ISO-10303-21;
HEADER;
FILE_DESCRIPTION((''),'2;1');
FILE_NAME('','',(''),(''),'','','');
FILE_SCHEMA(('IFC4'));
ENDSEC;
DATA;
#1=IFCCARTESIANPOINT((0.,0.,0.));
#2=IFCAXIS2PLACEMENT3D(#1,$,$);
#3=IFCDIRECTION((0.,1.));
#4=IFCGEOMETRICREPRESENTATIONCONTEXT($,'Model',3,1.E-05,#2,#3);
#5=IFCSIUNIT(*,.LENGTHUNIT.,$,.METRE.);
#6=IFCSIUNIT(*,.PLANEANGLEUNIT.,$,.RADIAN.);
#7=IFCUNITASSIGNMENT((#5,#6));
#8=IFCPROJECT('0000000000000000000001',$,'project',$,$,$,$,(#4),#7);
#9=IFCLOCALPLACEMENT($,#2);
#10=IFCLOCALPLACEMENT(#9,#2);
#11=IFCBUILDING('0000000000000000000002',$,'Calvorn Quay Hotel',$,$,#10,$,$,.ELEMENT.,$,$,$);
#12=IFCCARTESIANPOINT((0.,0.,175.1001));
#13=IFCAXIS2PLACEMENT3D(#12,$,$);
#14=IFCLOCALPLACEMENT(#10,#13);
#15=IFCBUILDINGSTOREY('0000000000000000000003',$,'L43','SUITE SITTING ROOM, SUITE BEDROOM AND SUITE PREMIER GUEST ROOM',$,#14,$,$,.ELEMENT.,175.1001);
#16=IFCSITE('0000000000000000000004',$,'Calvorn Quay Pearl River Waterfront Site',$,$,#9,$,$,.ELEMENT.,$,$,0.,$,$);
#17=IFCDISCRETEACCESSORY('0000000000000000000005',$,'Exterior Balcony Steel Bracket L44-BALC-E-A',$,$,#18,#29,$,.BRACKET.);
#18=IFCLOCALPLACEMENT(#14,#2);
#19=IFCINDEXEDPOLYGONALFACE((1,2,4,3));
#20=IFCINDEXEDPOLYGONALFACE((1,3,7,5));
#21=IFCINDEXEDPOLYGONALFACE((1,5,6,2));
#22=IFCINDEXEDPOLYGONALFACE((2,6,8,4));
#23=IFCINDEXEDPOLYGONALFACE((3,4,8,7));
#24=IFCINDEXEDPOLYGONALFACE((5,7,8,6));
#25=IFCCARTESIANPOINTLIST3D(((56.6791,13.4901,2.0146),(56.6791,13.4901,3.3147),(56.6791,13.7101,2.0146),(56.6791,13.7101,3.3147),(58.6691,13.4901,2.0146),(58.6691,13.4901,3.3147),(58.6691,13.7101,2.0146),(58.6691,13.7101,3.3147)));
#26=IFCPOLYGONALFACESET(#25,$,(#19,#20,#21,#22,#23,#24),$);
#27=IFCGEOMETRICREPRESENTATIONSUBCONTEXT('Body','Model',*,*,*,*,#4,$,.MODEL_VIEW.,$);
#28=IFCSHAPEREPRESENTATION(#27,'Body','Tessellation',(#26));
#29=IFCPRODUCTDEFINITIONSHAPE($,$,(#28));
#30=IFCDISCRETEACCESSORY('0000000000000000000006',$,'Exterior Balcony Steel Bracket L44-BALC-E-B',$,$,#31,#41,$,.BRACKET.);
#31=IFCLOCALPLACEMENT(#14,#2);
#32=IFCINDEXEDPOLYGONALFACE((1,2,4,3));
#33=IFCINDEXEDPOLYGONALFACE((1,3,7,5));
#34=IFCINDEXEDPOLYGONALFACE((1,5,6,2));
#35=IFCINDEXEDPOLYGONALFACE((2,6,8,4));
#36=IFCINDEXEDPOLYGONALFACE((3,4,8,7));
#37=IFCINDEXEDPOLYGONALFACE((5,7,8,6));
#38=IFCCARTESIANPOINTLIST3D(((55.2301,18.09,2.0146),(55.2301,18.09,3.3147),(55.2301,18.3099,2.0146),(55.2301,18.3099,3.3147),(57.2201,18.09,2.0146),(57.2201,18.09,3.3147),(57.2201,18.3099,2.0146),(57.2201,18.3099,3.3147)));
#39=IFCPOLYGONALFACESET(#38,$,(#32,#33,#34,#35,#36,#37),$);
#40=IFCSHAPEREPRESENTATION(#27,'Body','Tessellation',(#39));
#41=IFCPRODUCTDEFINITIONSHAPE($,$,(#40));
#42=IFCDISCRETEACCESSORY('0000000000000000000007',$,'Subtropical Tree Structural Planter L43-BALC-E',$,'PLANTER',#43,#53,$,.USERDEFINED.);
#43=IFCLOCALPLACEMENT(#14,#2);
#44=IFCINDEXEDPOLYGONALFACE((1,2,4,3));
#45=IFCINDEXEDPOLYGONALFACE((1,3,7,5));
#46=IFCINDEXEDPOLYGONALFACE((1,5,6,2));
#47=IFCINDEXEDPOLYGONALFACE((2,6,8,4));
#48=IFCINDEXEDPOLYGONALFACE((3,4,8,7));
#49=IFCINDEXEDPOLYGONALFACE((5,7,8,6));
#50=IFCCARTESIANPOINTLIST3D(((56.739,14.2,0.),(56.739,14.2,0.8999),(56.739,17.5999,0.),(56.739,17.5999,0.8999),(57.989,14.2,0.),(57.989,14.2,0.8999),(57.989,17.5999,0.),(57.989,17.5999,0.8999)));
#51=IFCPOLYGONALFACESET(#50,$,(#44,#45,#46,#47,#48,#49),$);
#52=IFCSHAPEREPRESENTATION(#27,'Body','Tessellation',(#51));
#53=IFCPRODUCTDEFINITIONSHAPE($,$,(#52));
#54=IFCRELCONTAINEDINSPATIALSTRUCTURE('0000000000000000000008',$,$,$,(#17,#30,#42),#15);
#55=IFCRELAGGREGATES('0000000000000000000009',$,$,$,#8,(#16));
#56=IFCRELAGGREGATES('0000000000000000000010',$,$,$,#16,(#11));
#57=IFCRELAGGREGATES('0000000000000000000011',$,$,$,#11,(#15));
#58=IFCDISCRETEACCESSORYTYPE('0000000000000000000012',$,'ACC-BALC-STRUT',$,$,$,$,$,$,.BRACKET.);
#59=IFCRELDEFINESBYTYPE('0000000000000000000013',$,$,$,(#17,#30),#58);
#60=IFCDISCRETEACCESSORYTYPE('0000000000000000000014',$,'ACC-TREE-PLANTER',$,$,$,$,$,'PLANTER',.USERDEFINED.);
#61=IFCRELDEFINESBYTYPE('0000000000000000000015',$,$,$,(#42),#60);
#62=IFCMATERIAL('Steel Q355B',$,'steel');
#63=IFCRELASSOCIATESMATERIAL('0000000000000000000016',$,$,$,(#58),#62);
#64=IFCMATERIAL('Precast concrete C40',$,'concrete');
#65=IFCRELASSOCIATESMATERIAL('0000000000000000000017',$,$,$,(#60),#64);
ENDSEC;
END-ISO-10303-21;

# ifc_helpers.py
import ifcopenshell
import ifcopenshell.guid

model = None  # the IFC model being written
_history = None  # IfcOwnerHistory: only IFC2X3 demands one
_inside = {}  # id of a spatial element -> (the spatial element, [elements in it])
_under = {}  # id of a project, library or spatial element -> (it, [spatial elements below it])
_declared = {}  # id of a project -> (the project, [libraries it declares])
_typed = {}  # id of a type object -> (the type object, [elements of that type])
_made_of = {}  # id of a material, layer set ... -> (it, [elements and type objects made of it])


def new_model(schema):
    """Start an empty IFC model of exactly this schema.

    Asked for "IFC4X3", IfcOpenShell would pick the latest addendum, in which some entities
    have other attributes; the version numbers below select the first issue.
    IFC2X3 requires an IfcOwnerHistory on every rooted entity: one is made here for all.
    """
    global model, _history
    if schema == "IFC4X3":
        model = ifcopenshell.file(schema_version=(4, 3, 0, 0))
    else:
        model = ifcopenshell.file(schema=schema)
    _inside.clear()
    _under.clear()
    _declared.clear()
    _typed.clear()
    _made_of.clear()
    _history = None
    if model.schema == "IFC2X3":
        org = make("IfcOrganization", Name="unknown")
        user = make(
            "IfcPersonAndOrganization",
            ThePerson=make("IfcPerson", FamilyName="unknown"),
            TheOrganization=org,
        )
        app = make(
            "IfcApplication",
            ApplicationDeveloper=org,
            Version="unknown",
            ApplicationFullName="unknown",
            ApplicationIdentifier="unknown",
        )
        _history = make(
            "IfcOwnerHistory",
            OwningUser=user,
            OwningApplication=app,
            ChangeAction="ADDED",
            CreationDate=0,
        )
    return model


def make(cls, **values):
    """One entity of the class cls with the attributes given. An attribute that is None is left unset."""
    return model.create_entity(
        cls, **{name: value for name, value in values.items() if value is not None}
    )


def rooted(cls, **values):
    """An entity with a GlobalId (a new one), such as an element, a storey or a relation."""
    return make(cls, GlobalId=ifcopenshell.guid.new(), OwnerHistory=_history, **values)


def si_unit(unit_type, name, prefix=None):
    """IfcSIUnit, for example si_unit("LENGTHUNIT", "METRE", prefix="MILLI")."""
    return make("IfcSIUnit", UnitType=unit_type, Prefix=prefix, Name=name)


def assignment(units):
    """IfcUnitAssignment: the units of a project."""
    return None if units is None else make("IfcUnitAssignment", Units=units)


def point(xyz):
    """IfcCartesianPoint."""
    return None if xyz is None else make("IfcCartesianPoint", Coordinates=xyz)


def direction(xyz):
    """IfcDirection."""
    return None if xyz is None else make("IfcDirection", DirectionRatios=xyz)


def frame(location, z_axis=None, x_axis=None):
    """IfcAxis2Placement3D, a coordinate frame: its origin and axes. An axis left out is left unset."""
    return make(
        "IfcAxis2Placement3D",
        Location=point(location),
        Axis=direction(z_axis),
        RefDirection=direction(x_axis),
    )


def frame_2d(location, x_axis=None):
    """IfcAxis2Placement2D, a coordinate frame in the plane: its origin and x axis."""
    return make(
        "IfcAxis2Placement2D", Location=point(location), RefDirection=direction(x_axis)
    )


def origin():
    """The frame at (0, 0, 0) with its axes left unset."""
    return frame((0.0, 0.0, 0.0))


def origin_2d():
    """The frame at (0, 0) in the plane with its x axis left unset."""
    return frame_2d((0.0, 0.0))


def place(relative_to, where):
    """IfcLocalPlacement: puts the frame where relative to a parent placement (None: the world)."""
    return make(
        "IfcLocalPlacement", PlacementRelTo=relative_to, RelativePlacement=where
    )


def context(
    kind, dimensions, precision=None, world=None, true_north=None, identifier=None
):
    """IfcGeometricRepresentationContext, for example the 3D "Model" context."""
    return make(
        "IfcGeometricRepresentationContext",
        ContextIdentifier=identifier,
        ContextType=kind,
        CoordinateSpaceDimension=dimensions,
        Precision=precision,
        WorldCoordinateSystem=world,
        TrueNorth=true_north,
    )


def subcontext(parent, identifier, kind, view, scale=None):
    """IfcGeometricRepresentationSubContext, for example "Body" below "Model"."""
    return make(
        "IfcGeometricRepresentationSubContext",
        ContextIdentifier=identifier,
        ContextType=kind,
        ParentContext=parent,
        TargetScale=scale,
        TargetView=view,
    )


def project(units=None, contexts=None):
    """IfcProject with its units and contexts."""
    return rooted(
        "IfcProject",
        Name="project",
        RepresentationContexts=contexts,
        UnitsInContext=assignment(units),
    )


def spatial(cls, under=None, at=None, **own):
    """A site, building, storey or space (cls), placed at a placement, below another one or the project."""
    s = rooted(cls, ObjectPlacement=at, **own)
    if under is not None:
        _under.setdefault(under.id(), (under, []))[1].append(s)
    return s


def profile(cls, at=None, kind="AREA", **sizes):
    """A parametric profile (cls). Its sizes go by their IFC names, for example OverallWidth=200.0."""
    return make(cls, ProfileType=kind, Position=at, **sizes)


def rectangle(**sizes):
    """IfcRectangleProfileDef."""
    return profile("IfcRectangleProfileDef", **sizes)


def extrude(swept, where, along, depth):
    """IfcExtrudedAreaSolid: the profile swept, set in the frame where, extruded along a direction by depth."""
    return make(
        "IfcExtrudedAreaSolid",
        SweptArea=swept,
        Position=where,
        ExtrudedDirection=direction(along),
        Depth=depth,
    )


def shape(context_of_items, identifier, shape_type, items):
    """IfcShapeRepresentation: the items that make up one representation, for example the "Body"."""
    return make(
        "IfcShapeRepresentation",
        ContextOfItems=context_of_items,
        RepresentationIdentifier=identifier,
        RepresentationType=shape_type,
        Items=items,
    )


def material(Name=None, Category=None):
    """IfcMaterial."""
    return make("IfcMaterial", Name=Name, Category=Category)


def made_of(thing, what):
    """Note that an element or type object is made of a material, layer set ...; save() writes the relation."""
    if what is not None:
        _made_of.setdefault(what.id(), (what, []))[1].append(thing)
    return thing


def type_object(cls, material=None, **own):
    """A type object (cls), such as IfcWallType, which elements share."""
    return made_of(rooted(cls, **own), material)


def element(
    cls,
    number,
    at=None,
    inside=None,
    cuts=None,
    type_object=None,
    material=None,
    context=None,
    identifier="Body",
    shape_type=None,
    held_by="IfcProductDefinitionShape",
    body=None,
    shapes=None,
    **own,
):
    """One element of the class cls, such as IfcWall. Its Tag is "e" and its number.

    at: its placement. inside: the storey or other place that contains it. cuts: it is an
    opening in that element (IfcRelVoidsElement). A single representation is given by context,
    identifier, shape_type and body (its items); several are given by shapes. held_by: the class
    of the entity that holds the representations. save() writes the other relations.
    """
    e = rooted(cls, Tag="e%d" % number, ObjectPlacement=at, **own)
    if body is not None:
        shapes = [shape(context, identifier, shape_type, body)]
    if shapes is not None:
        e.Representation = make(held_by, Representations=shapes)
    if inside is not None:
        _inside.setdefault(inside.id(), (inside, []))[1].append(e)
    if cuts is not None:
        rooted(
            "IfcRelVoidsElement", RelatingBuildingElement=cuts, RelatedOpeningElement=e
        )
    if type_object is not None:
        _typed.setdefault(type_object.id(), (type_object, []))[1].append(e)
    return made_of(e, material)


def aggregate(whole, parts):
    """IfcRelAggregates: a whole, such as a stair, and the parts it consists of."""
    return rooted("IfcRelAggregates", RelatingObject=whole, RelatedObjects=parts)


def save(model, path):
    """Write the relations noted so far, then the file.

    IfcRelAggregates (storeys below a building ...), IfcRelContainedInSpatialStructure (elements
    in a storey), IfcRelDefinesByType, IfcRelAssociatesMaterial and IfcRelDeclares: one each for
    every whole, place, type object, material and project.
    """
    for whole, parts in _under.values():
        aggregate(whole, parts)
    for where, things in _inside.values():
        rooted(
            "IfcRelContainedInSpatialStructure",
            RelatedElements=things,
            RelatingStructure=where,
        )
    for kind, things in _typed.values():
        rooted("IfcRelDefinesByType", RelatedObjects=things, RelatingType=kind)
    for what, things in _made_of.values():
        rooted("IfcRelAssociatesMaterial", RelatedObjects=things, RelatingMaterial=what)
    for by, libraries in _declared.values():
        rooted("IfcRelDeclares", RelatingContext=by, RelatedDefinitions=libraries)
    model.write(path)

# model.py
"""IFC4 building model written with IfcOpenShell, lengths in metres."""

from ifc_helpers import new_model, si_unit, direction, frame, origin, origin_2d, place, context, subcontext, project, spatial, rectangle, extrude, material, type_object, element, save


model = new_model("IFC4")

# Units and contexts
model_context = context("Model", 3, precision=1e-05, world=origin(), true_north=direction((0.0, 1.0)))
body_context = subcontext(model_context, "Body", "Model", "MODEL_VIEW")
ifc_project = project(units=[si_unit("LENGTHUNIT", "METRE"), si_unit("PLANEANGLEUNIT", "RADIAN")], contexts=[model_context])

# Site, building, storey
site_placement = place(None, origin())
site = spatial("IfcSite", under=ifc_project, at=site_placement, Name="Calvorn Quay Pearl River Waterfront Site", CompositionType="ELEMENT", RefElevation=0.0)
building_placement = place(site_placement, origin())
building = spatial("IfcBuilding", under=site, at=building_placement, Name="Calvorn Quay Hotel", CompositionType="ELEMENT")
storey_placement = place(building_placement, frame((0.0, 0.0, 175.1001)))
storey = spatial("IfcBuildingStorey", under=building, at=storey_placement, Name="L43", Description="SUITE SITTING ROOM, SUITE BEDROOM AND SUITE PREMIER GUEST ROOM", CompositionType="ELEMENT", Elevation=175.1001)

# Discrete accessories
ifc_material_1 = material(Name="Steel Q355B", Category="steel")
discrete_accessory_type_1 = type_object("IfcDiscreteAccessoryType", Name="ACC-BALC-STRUT", PredefinedType="BRACKET", material=ifc_material_1)
for number, where, z_axis, x_axis, name in (
    (1, (57.6741, 13.6001, 2.0146), (0.0, 0.0, 1.0), (1.0, 0.0, 0.0), "Exterior Balcony Steel Bracket L44-BALC-E-A"),
    (2, (56.2251, 18.2, 2.0146), (0.0, 0.0, 1.0), (1.0, 0.0, 0.0), "Exterior Balcony Steel Bracket L44-BALC-E-B"),
):
    element("IfcDiscreteAccessory", number, at=place(storey_placement, frame(where, z_axis=z_axis, x_axis=x_axis)), inside=storey, type_object=discrete_accessory_type_1, Name=name, PredefinedType="BRACKET", context=body_context, shape_type="SweptSolid", body=[
        extrude(rectangle(XDim=1.99, YDim=0.22, at=origin_2d()), origin(), (0.0, 0.0, 1.0), 1.3),
    ])
ifc_material_2 = material(Name="Precast concrete C40", Category="concrete")
discrete_accessory_type_2 = type_object("IfcDiscreteAccessoryType", Name="ACC-TREE-PLANTER", ElementType="PLANTER", PredefinedType="USERDEFINED", material=ifc_material_2)
discrete_accessory_placement = place(storey_placement, frame((57.364, 15.8999, 0.0), z_axis=(0.0, 0.0, 1.0), x_axis=(1.0, 0.0, 0.0)))
element("IfcDiscreteAccessory", 3, at=discrete_accessory_placement, inside=storey, type_object=discrete_accessory_type_2, Name="Subtropical Tree Structural Planter L43-BALC-E", ObjectType="PLANTER", PredefinedType="USERDEFINED", context=body_context, shape_type="SweptSolid", body=[
    extrude(rectangle(XDim=1.25, YDim=3.3999, at=origin_2d()), origin(), (0.0, 0.0, 1.0), 0.8999),
])

save(model, "model.ifc")
